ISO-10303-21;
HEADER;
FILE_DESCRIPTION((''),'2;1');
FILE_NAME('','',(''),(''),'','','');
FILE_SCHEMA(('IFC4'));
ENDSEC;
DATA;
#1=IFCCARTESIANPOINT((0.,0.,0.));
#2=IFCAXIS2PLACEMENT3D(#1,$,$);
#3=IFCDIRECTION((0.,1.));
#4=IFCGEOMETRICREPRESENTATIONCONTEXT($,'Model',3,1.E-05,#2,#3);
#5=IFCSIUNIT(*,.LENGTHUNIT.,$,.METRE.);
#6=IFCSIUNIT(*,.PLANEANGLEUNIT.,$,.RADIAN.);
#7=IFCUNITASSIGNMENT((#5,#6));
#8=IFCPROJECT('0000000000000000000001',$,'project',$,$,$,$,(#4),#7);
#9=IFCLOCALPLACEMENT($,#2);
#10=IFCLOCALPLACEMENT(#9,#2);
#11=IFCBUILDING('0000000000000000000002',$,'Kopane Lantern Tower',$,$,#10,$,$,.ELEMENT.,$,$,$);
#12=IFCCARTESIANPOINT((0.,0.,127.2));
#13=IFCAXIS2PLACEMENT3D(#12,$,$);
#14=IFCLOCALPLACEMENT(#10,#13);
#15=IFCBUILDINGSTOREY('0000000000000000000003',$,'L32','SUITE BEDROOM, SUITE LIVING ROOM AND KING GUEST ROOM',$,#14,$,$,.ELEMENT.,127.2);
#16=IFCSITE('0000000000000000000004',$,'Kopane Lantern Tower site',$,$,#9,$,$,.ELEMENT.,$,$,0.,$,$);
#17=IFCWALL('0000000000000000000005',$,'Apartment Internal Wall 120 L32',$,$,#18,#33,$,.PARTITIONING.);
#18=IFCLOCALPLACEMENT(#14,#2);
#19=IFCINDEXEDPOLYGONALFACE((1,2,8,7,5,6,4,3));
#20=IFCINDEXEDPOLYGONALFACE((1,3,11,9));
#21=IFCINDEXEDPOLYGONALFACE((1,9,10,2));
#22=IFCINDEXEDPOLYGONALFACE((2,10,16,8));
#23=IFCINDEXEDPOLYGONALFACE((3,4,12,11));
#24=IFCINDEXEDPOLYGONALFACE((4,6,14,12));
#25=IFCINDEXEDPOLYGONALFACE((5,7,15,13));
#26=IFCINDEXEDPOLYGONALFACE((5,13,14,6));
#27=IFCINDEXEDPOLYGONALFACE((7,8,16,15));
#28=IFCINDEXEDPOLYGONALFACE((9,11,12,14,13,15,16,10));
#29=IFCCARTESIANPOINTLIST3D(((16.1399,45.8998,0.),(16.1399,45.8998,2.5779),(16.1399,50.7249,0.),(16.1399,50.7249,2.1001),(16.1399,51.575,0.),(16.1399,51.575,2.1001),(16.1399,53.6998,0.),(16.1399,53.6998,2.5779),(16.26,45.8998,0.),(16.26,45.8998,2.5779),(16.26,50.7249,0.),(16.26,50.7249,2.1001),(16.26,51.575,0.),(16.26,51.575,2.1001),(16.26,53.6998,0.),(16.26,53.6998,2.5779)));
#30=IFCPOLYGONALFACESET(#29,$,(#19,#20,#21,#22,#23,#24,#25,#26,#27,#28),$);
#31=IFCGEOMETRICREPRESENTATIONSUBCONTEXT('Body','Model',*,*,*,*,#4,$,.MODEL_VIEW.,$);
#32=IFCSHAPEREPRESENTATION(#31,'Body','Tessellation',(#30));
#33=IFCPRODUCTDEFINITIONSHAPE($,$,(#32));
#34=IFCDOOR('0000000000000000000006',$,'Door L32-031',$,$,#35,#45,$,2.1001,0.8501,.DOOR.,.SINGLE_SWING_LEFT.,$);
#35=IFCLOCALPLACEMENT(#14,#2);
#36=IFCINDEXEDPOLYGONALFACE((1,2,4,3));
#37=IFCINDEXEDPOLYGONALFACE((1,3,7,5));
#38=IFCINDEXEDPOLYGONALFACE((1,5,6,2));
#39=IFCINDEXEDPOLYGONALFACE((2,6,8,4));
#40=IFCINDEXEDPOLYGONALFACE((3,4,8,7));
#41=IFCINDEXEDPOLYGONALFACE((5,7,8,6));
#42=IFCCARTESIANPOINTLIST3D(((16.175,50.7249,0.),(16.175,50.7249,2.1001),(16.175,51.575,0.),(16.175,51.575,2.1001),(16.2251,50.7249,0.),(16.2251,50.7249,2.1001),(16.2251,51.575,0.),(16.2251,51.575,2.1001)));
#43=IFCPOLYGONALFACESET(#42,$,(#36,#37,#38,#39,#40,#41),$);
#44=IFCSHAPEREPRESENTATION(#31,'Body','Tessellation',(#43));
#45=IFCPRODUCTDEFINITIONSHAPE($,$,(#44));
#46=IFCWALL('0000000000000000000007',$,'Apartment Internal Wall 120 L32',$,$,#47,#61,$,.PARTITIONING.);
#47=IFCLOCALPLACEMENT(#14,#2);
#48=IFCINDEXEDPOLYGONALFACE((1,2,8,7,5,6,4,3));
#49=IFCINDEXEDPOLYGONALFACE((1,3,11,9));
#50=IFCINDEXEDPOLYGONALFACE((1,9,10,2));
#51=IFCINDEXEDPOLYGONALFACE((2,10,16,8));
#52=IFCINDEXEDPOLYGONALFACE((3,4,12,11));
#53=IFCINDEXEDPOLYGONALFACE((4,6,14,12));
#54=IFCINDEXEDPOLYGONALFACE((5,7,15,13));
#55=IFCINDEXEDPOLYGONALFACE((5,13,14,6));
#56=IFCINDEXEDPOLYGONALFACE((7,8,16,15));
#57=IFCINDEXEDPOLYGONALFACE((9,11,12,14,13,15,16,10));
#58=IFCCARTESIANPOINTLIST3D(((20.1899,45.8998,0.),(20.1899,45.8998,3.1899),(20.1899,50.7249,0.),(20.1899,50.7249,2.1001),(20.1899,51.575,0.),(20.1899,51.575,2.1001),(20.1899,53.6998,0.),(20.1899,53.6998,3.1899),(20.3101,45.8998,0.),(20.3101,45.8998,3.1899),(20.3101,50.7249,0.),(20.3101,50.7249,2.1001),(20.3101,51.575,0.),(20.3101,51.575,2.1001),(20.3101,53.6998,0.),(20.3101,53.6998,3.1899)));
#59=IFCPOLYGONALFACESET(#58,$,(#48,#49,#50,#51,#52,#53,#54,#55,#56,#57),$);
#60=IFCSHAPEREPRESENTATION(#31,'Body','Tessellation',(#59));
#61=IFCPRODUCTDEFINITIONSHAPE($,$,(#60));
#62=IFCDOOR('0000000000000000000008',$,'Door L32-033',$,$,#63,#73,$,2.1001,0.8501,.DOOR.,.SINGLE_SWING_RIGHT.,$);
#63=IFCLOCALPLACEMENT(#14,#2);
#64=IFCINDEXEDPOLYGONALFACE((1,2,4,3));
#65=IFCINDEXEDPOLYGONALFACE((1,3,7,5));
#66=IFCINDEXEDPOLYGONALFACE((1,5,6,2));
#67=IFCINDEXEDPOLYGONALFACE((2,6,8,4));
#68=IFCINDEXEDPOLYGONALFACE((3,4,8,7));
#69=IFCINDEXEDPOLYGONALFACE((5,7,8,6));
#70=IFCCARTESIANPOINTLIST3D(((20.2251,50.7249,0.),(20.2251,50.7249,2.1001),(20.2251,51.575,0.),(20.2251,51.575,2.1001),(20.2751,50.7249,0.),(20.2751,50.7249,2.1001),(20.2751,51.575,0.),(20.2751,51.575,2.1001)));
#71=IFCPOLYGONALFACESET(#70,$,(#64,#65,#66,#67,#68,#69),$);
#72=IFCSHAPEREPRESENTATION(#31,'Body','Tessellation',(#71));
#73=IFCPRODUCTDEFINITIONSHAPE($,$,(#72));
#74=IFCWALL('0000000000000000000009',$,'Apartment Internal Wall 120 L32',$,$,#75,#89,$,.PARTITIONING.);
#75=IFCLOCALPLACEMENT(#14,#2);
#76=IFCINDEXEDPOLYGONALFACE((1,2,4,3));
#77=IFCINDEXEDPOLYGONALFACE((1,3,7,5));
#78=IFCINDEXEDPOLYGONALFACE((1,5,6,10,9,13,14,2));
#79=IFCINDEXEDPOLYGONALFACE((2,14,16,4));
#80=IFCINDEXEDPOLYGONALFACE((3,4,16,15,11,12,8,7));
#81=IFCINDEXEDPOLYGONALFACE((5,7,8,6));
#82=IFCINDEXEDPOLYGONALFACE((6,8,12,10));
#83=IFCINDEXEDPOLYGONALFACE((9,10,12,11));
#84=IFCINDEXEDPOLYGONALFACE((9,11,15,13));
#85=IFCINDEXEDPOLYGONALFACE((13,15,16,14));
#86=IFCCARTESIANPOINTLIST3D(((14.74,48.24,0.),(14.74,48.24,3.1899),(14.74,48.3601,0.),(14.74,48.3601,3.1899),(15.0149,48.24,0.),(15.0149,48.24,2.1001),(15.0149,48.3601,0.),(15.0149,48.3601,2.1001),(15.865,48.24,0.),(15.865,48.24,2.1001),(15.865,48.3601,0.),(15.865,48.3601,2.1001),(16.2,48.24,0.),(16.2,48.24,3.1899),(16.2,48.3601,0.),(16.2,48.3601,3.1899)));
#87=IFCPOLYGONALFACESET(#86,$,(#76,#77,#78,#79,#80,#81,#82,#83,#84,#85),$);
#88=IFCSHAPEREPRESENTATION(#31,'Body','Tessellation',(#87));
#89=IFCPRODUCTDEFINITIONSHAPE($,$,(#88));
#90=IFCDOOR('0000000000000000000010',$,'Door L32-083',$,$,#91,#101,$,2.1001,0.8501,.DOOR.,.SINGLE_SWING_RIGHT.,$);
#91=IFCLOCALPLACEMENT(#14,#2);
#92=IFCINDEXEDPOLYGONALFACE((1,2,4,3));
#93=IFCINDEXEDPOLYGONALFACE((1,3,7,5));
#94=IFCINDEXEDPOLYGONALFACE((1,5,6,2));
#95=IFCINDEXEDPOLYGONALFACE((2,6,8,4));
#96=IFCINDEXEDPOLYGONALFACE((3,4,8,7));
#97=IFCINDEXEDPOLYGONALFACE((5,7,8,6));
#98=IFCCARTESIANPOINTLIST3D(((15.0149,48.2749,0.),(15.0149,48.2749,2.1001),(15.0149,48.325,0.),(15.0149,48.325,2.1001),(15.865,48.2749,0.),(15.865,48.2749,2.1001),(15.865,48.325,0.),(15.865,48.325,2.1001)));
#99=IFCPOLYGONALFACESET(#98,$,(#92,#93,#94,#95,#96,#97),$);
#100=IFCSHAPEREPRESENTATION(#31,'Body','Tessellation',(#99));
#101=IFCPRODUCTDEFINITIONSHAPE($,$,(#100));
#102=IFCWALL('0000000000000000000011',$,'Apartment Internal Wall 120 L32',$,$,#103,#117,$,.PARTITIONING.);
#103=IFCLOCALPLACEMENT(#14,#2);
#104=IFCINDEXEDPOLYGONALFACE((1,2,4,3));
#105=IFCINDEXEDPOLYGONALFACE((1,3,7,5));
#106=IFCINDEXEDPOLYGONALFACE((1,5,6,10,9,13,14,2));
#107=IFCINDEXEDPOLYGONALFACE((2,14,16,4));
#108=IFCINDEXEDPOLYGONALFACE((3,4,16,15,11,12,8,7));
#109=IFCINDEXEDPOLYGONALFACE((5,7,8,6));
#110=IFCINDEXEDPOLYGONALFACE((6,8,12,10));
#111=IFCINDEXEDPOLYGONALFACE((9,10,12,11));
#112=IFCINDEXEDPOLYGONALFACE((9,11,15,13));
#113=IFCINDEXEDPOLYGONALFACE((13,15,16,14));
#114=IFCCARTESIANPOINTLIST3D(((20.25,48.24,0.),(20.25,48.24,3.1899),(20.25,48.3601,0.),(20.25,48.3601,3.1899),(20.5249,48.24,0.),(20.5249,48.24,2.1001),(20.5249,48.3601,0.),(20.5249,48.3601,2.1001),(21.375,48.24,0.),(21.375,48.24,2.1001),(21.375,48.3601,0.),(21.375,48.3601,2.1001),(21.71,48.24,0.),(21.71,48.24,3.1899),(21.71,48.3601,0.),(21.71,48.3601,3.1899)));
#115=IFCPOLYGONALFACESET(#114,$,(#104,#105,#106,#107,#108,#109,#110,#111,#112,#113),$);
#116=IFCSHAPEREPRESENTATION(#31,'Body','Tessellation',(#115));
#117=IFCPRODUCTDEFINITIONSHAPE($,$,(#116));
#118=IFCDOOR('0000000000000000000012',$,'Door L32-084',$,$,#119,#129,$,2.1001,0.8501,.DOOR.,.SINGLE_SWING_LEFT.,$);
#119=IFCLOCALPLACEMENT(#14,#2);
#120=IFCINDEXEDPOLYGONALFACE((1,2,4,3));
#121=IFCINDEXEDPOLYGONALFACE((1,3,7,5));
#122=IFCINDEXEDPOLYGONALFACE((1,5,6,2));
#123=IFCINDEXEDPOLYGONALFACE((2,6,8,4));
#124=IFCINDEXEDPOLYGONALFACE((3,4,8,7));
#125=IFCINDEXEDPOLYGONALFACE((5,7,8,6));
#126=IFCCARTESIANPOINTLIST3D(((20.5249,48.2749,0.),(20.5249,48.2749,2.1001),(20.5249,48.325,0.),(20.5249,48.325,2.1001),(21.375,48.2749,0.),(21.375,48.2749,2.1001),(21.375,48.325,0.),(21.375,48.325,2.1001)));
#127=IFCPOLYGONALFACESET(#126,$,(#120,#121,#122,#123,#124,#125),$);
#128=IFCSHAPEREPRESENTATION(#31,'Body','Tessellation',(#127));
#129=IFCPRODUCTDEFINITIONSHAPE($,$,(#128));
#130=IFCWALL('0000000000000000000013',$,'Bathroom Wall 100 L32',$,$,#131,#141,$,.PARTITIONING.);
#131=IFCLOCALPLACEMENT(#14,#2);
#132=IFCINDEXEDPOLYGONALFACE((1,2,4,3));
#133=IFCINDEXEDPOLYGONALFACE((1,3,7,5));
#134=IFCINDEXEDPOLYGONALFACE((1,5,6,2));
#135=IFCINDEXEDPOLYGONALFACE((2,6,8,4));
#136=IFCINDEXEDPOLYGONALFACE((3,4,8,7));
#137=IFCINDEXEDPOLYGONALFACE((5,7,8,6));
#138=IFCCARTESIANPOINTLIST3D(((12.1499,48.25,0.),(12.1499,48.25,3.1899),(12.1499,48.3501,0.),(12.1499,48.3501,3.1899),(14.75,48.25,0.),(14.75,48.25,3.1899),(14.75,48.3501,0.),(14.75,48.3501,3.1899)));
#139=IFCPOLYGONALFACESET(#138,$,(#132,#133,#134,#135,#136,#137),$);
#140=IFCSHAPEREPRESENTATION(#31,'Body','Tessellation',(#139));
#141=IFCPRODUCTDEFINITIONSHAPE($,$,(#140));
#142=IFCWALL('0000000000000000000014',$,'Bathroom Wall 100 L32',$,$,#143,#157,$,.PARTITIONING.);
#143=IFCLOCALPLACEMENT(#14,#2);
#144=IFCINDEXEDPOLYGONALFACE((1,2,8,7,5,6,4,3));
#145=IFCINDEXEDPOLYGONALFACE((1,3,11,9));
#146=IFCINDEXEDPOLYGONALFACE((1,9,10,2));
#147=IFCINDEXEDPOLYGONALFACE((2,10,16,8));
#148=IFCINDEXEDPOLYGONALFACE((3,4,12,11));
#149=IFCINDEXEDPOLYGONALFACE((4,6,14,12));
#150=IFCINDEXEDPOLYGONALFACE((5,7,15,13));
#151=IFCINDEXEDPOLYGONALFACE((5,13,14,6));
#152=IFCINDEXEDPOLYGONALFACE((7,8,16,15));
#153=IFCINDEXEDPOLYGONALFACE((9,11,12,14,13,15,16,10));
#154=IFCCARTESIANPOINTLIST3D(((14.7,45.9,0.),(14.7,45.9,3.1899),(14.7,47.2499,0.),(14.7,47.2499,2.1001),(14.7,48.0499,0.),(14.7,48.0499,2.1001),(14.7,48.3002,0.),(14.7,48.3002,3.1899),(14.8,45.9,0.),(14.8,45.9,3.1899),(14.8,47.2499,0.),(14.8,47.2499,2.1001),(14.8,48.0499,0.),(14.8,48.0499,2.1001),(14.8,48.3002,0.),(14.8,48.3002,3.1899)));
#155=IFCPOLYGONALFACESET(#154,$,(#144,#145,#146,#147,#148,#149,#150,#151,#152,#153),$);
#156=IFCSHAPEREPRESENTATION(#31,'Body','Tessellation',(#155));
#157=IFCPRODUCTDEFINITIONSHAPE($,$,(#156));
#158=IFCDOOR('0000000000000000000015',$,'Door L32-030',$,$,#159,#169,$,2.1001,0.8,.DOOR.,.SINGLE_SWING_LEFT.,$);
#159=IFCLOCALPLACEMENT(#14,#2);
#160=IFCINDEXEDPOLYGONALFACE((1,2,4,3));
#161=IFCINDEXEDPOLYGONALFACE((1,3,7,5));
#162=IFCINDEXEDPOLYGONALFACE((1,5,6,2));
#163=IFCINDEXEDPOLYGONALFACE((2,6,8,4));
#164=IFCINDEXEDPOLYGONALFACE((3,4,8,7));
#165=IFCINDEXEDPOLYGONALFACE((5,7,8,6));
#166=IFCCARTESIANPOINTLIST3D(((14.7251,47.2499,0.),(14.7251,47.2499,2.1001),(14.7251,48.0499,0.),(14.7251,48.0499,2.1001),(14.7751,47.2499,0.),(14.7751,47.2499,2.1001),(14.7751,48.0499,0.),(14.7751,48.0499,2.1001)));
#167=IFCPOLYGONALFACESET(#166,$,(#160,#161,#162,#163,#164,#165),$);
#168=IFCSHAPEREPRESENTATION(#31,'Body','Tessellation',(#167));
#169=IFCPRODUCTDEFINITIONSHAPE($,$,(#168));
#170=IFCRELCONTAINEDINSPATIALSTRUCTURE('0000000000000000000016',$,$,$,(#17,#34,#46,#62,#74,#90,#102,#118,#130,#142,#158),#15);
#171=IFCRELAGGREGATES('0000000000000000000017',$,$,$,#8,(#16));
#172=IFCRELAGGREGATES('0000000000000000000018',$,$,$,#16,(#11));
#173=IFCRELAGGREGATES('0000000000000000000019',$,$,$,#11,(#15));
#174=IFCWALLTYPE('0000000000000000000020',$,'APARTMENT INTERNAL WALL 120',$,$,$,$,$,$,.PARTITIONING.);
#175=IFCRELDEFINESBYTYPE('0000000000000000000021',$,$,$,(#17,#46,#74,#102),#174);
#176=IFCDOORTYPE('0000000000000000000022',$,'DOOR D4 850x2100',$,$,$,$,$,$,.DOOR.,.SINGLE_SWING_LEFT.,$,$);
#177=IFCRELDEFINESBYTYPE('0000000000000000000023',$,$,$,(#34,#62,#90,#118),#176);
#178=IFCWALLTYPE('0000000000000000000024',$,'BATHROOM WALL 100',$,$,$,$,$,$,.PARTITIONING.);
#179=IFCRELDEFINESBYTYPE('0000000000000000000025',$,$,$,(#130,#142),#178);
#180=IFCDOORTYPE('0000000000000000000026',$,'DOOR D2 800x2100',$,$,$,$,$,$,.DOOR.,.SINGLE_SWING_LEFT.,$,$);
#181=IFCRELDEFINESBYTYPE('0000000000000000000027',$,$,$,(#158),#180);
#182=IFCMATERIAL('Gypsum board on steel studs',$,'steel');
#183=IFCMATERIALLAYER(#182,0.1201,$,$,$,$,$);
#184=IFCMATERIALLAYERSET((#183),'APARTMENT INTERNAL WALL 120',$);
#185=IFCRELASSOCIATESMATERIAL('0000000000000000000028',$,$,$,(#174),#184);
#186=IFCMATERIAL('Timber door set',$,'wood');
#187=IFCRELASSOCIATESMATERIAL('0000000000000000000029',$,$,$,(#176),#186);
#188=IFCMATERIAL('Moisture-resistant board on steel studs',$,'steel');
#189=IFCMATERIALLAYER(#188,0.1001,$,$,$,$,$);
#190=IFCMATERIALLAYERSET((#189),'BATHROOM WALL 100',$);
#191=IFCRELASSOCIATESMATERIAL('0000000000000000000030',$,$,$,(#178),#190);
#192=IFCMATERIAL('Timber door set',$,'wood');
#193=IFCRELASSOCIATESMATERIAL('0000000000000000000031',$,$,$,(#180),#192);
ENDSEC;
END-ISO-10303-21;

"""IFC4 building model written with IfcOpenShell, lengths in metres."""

from ifc_helpers import new_model, si_unit, direction, frame, frame_2d, origin, place, context, subcontext, project, spatial, rectangle, extrude, material, layer, layer_set, type_object, element, fill, save


model = new_model("IFC4")

# Units and contexts
model_context = context("Model", 3, precision=1e-05, world=origin(), true_north=direction((0.0, 1.0)))
body_context = subcontext(model_context, "Body", "Model", "MODEL_VIEW")
ifc_project = project(units=[si_unit("LENGTHUNIT", "METRE"), si_unit("PLANEANGLEUNIT", "RADIAN")], contexts=[model_context])

# Site, building, storey
site_placement = place(None, origin())
site = spatial("IfcSite", under=ifc_project, at=site_placement, Name="Kopane Lantern Tower site", CompositionType="ELEMENT", RefElevation=0.0)
building_placement = place(site_placement, origin())
building = spatial("IfcBuilding", under=site, at=building_placement, Name="Kopane Lantern Tower", CompositionType="ELEMENT")
storey_placement = place(building_placement, frame((0.0, 0.0, 127.2)))
storey = spatial("IfcBuildingStorey", under=building, at=storey_placement, Name="L32", Description="SUITE BEDROOM, SUITE LIVING ROOM AND KING GUEST ROOM", CompositionType="ELEMENT", Elevation=127.2)

# Walls, openings, doors
ifc_material_1 = material(Name="Gypsum board on steel studs", Category="steel")
ifc_layer_1 = layer(ifc_material_1, 0.1201)
ifc_layer_set_1 = layer_set([ifc_layer_1], Name="APARTMENT INTERNAL WALL 120")
wall_type_1 = type_object("IfcWallType", Name="APARTMENT INTERNAL WALL 120", PredefinedType="PARTITIONING", material=ifc_layer_set_1)
wall_1_placement = place(storey_placement, frame((16.2, 45.8999, 0.0), z_axis=(0.0, 0.0, 1.0), x_axis=(0.0, 1.0, 0.0)))
wall_1 = element("IfcWall", 1, at=wall_1_placement, inside=storey, type_object=wall_type_1, Name="Apartment Internal Wall 120 L32", PredefinedType="PARTITIONING", context=body_context, shape_type="SweptSolid", body=[
    extrude(rectangle(XDim=7.8, YDim=0.1201, at=frame_2d((3.8999, 0.0))), origin(), (0.0, 0.0, 1.0), 2.5779),
])
opening_1_placement = place(wall_1_placement, frame((4.825, 0.0, 0.0)))
opening_1 = element("IfcOpeningElement", 2, at=opening_1_placement, cuts=wall_1, PredefinedType="OPENING", context=body_context, shape_type="SweptSolid", body=[
    extrude(rectangle(XDim=0.8501, YDim=2.1001, at=frame_2d((0.425, 1.05))), frame((0.0, 0.0701, 0.0), z_axis=(0.0, -1.0, 0.0), x_axis=(1.0, 0.0, 0.0)), (0.0, 0.0, 1.0), 0.1401),
])
ifc_material_2 = material(Name="Timber door set", Category="wood")
door_type_1 = type_object("IfcDoorType", Name="DOOR D4 850x2100", OperationType="SINGLE_SWING_LEFT", PredefinedType="DOOR", material=ifc_material_2)
door_1_placement = place(opening_1_placement, origin())
door_1 = element("IfcDoor", 3, at=door_1_placement, inside=storey, type_object=door_type_1, Name="Door L32-031", OperationType="SINGLE_SWING_LEFT", OverallHeight=2.1001, OverallWidth=0.8501, PredefinedType="DOOR", context=body_context, shape_type="SweptSolid", body=[
    extrude(rectangle(XDim=0.8501, YDim=2.1001, at=frame_2d((0.425, 1.05))), frame((0.0, 0.0249, 0.0), z_axis=(0.0, -1.0, 0.0), x_axis=(1.0, 0.0, 0.0)), (0.0, 0.0, 1.0), 0.05),
])
fill(opening_1, door_1)
wall_2_placement = place(storey_placement, frame((20.25, 45.8999, 0.0), z_axis=(0.0, 0.0, 1.0), x_axis=(0.0, 1.0, 0.0)))
wall_2 = element("IfcWall", 4, at=wall_2_placement, inside=storey, type_object=wall_type_1, Name="Apartment Internal Wall 120 L32", PredefinedType="PARTITIONING", context=body_context, shape_type="SweptSolid", body=[
    extrude(rectangle(XDim=7.8, YDim=0.1201, at=frame_2d((3.8999, 0.0))), origin(), (0.0, 0.0, 1.0), 3.1899),
])
opening_2_placement = place(wall_2_placement, frame((4.825, 0.0, 0.0)))
opening_2 = element("IfcOpeningElement", 5, at=opening_2_placement, cuts=wall_2, PredefinedType="OPENING", context=body_context, shape_type="SweptSolid", body=[
    extrude(rectangle(XDim=0.8501, YDim=2.1001, at=frame_2d((0.425, 1.05))), frame((0.0, 0.0701, 0.0), z_axis=(0.0, -1.0, 0.0), x_axis=(1.0, 0.0, 0.0)), (0.0, 0.0, 1.0), 0.1401),
])
door_2_placement = place(opening_2_placement, origin())
door_2 = element("IfcDoor", 6, at=door_2_placement, inside=storey, type_object=door_type_1, Name="Door L32-033", OperationType="SINGLE_SWING_RIGHT", OverallHeight=2.1001, OverallWidth=0.8501, PredefinedType="DOOR", context=body_context, shape_type="SweptSolid", body=[
    extrude(rectangle(XDim=0.8501, YDim=2.1001, at=frame_2d((0.425, 1.05))), frame((0.0, 0.0249, 0.0), z_axis=(0.0, -1.0, 0.0), x_axis=(1.0, 0.0, 0.0)), (0.0, 0.0, 1.0), 0.05),
])
fill(opening_2, door_2)
wall_3_placement = place(storey_placement, frame((14.74, 48.3, 0.0), z_axis=(0.0, 0.0, 1.0), x_axis=(1.0, 0.0, 0.0)))
wall_3 = element("IfcWall", 7, at=wall_3_placement, inside=storey, type_object=wall_type_1, Name="Apartment Internal Wall 120 L32", PredefinedType="PARTITIONING", context=body_context, shape_type="SweptSolid", body=[
    extrude(rectangle(XDim=1.46, YDim=0.1201, at=frame_2d((0.73, 0.0))), origin(), (0.0, 0.0, 1.0), 3.1899),
])
opening_3_placement = place(wall_3_placement, frame((0.2749, 0.0, 0.0)))
opening_3 = element("IfcOpeningElement", 8, at=opening_3_placement, cuts=wall_3, PredefinedType="OPENING", context=body_context, shape_type="SweptSolid", body=[
    extrude(rectangle(XDim=0.8501, YDim=2.1001, at=frame_2d((0.425, 1.05))), frame((0.0, 0.0701, 0.0), z_axis=(0.0, -1.0, 0.0), x_axis=(1.0, 0.0, 0.0)), (0.0, 0.0, 1.0), 0.1401),
])
door_3_placement = place(opening_3_placement, origin())
door_3 = element("IfcDoor", 9, at=door_3_placement, inside=storey, type_object=door_type_1, Name="Door L32-083", OperationType="SINGLE_SWING_RIGHT", OverallHeight=2.1001, OverallWidth=0.8501, PredefinedType="DOOR", context=body_context, shape_type="SweptSolid", body=[
    extrude(rectangle(XDim=0.8501, YDim=2.1001, at=frame_2d((0.425, 1.05))), frame((0.0, 0.0249, 0.0), z_axis=(0.0, -1.0, 0.0), x_axis=(1.0, 0.0, 0.0)), (0.0, 0.0, 1.0), 0.05),
])
fill(opening_3, door_3)
wall_4_placement = place(storey_placement, frame((20.25, 48.3, 0.0), z_axis=(0.0, 0.0, 1.0), x_axis=(1.0, 0.0, 0.0)))
wall_4 = element("IfcWall", 10, at=wall_4_placement, inside=storey, type_object=wall_type_1, Name="Apartment Internal Wall 120 L32", PredefinedType="PARTITIONING", context=body_context, shape_type="SweptSolid", body=[
    extrude(rectangle(XDim=1.46, YDim=0.1201, at=frame_2d((0.73, 0.0))), origin(), (0.0, 0.0, 1.0), 3.1899),
])
opening_4_placement = place(wall_4_placement, frame((0.2749, 0.0, 0.0)))
opening_4 = element("IfcOpeningElement", 11, at=opening_4_placement, cuts=wall_4, PredefinedType="OPENING", context=body_context, shape_type="SweptSolid", body=[
    extrude(rectangle(XDim=0.8501, YDim=2.1001, at=frame_2d((0.425, 1.05))), frame((0.0, 0.0701, 0.0), z_axis=(0.0, -1.0, 0.0), x_axis=(1.0, 0.0, 0.0)), (0.0, 0.0, 1.0), 0.1401),
])
door_4_placement = place(opening_4_placement, origin())
door_4 = element("IfcDoor", 12, at=door_4_placement, inside=storey, type_object=door_type_1, Name="Door L32-084", OperationType="SINGLE_SWING_LEFT", OverallHeight=2.1001, OverallWidth=0.8501, PredefinedType="DOOR", context=body_context, shape_type="SweptSolid", body=[
    extrude(rectangle(XDim=0.8501, YDim=2.1001, at=frame_2d((0.425, 1.05))), frame((0.0, 0.0249, 0.0), z_axis=(0.0, -1.0, 0.0), x_axis=(1.0, 0.0, 0.0)), (0.0, 0.0, 1.0), 0.05),
])
fill(opening_4, door_4)

# Wall
ifc_material_3 = material(Name="Moisture-resistant board on steel studs", Category="steel")
ifc_layer_2 = layer(ifc_material_3, 0.1001)
ifc_layer_set_2 = layer_set([ifc_layer_2], Name="BATHROOM WALL 100")
wall_type_2 = type_object("IfcWallType", Name="BATHROOM WALL 100", PredefinedType="PARTITIONING", material=ifc_layer_set_2)
wall_5_placement = place(storey_placement, frame((12.1499, 48.3, 0.0), z_axis=(0.0, 0.0, 1.0), x_axis=(1.0, 0.0, 0.0)))
element("IfcWall", 13, at=wall_5_placement, inside=storey, type_object=wall_type_2, Name="Bathroom Wall 100 L32", PredefinedType="PARTITIONING", context=body_context, shape_type="SweptSolid", body=[
    extrude(rectangle(XDim=2.6001, YDim=0.1001, at=frame_2d((1.3, 0.0))), origin(), (0.0, 0.0, 1.0), 3.1899),
])

# Wall, opening, door
wall_6_placement = place(storey_placement, frame((14.75, 45.8999, 0.0), z_axis=(0.0, 0.0, 1.0), x_axis=(0.0, 1.0, 0.0)))
wall_6 = element("IfcWall", 14, at=wall_6_placement, inside=storey, type_object=wall_type_2, Name="Bathroom Wall 100 L32", PredefinedType="PARTITIONING", context=body_context, shape_type="SweptSolid", body=[
    extrude(rectangle(XDim=2.4001, YDim=0.1001, at=frame_2d((1.2002, 0.0))), origin(), (0.0, 0.0, 1.0), 3.1899),
])
opening_5_placement = place(wall_6_placement, frame((1.3501, 0.0, 0.0)))
opening_5 = element("IfcOpeningElement", 15, at=opening_5_placement, cuts=wall_6, PredefinedType="OPENING", context=body_context, shape_type="SweptSolid", body=[
    extrude(rectangle(XDim=0.8, YDim=2.1001, at=frame_2d((0.3999, 1.05))), frame((0.0, 0.0601, 0.0), z_axis=(0.0, -1.0, 0.0), x_axis=(1.0, 0.0, 0.0)), (0.0, 0.0, 1.0), 0.1201),
])
ifc_material_4 = material(Name="Timber door set", Category="wood")
door_type_2 = type_object("IfcDoorType", Name="DOOR D2 800x2100", OperationType="SINGLE_SWING_LEFT", PredefinedType="DOOR", material=ifc_material_4)
door_5_placement = place(opening_5_placement, origin())
door_5 = element("IfcDoor", 16, at=door_5_placement, inside=storey, type_object=door_type_2, Name="Door L32-030", OperationType="SINGLE_SWING_LEFT", OverallHeight=2.1001, OverallWidth=0.8, PredefinedType="DOOR", context=body_context, shape_type="SweptSolid", body=[
    extrude(rectangle(XDim=0.8, YDim=2.1001, at=frame_2d((0.3999, 1.05))), frame((0.0, 0.0249, 0.0), z_axis=(0.0, -1.0, 0.0), x_axis=(1.0, 0.0, 0.0)), (0.0, 0.0, 1.0), 0.05),
])
fill(opening_5, door_5)

save(model, "model.ifc")
